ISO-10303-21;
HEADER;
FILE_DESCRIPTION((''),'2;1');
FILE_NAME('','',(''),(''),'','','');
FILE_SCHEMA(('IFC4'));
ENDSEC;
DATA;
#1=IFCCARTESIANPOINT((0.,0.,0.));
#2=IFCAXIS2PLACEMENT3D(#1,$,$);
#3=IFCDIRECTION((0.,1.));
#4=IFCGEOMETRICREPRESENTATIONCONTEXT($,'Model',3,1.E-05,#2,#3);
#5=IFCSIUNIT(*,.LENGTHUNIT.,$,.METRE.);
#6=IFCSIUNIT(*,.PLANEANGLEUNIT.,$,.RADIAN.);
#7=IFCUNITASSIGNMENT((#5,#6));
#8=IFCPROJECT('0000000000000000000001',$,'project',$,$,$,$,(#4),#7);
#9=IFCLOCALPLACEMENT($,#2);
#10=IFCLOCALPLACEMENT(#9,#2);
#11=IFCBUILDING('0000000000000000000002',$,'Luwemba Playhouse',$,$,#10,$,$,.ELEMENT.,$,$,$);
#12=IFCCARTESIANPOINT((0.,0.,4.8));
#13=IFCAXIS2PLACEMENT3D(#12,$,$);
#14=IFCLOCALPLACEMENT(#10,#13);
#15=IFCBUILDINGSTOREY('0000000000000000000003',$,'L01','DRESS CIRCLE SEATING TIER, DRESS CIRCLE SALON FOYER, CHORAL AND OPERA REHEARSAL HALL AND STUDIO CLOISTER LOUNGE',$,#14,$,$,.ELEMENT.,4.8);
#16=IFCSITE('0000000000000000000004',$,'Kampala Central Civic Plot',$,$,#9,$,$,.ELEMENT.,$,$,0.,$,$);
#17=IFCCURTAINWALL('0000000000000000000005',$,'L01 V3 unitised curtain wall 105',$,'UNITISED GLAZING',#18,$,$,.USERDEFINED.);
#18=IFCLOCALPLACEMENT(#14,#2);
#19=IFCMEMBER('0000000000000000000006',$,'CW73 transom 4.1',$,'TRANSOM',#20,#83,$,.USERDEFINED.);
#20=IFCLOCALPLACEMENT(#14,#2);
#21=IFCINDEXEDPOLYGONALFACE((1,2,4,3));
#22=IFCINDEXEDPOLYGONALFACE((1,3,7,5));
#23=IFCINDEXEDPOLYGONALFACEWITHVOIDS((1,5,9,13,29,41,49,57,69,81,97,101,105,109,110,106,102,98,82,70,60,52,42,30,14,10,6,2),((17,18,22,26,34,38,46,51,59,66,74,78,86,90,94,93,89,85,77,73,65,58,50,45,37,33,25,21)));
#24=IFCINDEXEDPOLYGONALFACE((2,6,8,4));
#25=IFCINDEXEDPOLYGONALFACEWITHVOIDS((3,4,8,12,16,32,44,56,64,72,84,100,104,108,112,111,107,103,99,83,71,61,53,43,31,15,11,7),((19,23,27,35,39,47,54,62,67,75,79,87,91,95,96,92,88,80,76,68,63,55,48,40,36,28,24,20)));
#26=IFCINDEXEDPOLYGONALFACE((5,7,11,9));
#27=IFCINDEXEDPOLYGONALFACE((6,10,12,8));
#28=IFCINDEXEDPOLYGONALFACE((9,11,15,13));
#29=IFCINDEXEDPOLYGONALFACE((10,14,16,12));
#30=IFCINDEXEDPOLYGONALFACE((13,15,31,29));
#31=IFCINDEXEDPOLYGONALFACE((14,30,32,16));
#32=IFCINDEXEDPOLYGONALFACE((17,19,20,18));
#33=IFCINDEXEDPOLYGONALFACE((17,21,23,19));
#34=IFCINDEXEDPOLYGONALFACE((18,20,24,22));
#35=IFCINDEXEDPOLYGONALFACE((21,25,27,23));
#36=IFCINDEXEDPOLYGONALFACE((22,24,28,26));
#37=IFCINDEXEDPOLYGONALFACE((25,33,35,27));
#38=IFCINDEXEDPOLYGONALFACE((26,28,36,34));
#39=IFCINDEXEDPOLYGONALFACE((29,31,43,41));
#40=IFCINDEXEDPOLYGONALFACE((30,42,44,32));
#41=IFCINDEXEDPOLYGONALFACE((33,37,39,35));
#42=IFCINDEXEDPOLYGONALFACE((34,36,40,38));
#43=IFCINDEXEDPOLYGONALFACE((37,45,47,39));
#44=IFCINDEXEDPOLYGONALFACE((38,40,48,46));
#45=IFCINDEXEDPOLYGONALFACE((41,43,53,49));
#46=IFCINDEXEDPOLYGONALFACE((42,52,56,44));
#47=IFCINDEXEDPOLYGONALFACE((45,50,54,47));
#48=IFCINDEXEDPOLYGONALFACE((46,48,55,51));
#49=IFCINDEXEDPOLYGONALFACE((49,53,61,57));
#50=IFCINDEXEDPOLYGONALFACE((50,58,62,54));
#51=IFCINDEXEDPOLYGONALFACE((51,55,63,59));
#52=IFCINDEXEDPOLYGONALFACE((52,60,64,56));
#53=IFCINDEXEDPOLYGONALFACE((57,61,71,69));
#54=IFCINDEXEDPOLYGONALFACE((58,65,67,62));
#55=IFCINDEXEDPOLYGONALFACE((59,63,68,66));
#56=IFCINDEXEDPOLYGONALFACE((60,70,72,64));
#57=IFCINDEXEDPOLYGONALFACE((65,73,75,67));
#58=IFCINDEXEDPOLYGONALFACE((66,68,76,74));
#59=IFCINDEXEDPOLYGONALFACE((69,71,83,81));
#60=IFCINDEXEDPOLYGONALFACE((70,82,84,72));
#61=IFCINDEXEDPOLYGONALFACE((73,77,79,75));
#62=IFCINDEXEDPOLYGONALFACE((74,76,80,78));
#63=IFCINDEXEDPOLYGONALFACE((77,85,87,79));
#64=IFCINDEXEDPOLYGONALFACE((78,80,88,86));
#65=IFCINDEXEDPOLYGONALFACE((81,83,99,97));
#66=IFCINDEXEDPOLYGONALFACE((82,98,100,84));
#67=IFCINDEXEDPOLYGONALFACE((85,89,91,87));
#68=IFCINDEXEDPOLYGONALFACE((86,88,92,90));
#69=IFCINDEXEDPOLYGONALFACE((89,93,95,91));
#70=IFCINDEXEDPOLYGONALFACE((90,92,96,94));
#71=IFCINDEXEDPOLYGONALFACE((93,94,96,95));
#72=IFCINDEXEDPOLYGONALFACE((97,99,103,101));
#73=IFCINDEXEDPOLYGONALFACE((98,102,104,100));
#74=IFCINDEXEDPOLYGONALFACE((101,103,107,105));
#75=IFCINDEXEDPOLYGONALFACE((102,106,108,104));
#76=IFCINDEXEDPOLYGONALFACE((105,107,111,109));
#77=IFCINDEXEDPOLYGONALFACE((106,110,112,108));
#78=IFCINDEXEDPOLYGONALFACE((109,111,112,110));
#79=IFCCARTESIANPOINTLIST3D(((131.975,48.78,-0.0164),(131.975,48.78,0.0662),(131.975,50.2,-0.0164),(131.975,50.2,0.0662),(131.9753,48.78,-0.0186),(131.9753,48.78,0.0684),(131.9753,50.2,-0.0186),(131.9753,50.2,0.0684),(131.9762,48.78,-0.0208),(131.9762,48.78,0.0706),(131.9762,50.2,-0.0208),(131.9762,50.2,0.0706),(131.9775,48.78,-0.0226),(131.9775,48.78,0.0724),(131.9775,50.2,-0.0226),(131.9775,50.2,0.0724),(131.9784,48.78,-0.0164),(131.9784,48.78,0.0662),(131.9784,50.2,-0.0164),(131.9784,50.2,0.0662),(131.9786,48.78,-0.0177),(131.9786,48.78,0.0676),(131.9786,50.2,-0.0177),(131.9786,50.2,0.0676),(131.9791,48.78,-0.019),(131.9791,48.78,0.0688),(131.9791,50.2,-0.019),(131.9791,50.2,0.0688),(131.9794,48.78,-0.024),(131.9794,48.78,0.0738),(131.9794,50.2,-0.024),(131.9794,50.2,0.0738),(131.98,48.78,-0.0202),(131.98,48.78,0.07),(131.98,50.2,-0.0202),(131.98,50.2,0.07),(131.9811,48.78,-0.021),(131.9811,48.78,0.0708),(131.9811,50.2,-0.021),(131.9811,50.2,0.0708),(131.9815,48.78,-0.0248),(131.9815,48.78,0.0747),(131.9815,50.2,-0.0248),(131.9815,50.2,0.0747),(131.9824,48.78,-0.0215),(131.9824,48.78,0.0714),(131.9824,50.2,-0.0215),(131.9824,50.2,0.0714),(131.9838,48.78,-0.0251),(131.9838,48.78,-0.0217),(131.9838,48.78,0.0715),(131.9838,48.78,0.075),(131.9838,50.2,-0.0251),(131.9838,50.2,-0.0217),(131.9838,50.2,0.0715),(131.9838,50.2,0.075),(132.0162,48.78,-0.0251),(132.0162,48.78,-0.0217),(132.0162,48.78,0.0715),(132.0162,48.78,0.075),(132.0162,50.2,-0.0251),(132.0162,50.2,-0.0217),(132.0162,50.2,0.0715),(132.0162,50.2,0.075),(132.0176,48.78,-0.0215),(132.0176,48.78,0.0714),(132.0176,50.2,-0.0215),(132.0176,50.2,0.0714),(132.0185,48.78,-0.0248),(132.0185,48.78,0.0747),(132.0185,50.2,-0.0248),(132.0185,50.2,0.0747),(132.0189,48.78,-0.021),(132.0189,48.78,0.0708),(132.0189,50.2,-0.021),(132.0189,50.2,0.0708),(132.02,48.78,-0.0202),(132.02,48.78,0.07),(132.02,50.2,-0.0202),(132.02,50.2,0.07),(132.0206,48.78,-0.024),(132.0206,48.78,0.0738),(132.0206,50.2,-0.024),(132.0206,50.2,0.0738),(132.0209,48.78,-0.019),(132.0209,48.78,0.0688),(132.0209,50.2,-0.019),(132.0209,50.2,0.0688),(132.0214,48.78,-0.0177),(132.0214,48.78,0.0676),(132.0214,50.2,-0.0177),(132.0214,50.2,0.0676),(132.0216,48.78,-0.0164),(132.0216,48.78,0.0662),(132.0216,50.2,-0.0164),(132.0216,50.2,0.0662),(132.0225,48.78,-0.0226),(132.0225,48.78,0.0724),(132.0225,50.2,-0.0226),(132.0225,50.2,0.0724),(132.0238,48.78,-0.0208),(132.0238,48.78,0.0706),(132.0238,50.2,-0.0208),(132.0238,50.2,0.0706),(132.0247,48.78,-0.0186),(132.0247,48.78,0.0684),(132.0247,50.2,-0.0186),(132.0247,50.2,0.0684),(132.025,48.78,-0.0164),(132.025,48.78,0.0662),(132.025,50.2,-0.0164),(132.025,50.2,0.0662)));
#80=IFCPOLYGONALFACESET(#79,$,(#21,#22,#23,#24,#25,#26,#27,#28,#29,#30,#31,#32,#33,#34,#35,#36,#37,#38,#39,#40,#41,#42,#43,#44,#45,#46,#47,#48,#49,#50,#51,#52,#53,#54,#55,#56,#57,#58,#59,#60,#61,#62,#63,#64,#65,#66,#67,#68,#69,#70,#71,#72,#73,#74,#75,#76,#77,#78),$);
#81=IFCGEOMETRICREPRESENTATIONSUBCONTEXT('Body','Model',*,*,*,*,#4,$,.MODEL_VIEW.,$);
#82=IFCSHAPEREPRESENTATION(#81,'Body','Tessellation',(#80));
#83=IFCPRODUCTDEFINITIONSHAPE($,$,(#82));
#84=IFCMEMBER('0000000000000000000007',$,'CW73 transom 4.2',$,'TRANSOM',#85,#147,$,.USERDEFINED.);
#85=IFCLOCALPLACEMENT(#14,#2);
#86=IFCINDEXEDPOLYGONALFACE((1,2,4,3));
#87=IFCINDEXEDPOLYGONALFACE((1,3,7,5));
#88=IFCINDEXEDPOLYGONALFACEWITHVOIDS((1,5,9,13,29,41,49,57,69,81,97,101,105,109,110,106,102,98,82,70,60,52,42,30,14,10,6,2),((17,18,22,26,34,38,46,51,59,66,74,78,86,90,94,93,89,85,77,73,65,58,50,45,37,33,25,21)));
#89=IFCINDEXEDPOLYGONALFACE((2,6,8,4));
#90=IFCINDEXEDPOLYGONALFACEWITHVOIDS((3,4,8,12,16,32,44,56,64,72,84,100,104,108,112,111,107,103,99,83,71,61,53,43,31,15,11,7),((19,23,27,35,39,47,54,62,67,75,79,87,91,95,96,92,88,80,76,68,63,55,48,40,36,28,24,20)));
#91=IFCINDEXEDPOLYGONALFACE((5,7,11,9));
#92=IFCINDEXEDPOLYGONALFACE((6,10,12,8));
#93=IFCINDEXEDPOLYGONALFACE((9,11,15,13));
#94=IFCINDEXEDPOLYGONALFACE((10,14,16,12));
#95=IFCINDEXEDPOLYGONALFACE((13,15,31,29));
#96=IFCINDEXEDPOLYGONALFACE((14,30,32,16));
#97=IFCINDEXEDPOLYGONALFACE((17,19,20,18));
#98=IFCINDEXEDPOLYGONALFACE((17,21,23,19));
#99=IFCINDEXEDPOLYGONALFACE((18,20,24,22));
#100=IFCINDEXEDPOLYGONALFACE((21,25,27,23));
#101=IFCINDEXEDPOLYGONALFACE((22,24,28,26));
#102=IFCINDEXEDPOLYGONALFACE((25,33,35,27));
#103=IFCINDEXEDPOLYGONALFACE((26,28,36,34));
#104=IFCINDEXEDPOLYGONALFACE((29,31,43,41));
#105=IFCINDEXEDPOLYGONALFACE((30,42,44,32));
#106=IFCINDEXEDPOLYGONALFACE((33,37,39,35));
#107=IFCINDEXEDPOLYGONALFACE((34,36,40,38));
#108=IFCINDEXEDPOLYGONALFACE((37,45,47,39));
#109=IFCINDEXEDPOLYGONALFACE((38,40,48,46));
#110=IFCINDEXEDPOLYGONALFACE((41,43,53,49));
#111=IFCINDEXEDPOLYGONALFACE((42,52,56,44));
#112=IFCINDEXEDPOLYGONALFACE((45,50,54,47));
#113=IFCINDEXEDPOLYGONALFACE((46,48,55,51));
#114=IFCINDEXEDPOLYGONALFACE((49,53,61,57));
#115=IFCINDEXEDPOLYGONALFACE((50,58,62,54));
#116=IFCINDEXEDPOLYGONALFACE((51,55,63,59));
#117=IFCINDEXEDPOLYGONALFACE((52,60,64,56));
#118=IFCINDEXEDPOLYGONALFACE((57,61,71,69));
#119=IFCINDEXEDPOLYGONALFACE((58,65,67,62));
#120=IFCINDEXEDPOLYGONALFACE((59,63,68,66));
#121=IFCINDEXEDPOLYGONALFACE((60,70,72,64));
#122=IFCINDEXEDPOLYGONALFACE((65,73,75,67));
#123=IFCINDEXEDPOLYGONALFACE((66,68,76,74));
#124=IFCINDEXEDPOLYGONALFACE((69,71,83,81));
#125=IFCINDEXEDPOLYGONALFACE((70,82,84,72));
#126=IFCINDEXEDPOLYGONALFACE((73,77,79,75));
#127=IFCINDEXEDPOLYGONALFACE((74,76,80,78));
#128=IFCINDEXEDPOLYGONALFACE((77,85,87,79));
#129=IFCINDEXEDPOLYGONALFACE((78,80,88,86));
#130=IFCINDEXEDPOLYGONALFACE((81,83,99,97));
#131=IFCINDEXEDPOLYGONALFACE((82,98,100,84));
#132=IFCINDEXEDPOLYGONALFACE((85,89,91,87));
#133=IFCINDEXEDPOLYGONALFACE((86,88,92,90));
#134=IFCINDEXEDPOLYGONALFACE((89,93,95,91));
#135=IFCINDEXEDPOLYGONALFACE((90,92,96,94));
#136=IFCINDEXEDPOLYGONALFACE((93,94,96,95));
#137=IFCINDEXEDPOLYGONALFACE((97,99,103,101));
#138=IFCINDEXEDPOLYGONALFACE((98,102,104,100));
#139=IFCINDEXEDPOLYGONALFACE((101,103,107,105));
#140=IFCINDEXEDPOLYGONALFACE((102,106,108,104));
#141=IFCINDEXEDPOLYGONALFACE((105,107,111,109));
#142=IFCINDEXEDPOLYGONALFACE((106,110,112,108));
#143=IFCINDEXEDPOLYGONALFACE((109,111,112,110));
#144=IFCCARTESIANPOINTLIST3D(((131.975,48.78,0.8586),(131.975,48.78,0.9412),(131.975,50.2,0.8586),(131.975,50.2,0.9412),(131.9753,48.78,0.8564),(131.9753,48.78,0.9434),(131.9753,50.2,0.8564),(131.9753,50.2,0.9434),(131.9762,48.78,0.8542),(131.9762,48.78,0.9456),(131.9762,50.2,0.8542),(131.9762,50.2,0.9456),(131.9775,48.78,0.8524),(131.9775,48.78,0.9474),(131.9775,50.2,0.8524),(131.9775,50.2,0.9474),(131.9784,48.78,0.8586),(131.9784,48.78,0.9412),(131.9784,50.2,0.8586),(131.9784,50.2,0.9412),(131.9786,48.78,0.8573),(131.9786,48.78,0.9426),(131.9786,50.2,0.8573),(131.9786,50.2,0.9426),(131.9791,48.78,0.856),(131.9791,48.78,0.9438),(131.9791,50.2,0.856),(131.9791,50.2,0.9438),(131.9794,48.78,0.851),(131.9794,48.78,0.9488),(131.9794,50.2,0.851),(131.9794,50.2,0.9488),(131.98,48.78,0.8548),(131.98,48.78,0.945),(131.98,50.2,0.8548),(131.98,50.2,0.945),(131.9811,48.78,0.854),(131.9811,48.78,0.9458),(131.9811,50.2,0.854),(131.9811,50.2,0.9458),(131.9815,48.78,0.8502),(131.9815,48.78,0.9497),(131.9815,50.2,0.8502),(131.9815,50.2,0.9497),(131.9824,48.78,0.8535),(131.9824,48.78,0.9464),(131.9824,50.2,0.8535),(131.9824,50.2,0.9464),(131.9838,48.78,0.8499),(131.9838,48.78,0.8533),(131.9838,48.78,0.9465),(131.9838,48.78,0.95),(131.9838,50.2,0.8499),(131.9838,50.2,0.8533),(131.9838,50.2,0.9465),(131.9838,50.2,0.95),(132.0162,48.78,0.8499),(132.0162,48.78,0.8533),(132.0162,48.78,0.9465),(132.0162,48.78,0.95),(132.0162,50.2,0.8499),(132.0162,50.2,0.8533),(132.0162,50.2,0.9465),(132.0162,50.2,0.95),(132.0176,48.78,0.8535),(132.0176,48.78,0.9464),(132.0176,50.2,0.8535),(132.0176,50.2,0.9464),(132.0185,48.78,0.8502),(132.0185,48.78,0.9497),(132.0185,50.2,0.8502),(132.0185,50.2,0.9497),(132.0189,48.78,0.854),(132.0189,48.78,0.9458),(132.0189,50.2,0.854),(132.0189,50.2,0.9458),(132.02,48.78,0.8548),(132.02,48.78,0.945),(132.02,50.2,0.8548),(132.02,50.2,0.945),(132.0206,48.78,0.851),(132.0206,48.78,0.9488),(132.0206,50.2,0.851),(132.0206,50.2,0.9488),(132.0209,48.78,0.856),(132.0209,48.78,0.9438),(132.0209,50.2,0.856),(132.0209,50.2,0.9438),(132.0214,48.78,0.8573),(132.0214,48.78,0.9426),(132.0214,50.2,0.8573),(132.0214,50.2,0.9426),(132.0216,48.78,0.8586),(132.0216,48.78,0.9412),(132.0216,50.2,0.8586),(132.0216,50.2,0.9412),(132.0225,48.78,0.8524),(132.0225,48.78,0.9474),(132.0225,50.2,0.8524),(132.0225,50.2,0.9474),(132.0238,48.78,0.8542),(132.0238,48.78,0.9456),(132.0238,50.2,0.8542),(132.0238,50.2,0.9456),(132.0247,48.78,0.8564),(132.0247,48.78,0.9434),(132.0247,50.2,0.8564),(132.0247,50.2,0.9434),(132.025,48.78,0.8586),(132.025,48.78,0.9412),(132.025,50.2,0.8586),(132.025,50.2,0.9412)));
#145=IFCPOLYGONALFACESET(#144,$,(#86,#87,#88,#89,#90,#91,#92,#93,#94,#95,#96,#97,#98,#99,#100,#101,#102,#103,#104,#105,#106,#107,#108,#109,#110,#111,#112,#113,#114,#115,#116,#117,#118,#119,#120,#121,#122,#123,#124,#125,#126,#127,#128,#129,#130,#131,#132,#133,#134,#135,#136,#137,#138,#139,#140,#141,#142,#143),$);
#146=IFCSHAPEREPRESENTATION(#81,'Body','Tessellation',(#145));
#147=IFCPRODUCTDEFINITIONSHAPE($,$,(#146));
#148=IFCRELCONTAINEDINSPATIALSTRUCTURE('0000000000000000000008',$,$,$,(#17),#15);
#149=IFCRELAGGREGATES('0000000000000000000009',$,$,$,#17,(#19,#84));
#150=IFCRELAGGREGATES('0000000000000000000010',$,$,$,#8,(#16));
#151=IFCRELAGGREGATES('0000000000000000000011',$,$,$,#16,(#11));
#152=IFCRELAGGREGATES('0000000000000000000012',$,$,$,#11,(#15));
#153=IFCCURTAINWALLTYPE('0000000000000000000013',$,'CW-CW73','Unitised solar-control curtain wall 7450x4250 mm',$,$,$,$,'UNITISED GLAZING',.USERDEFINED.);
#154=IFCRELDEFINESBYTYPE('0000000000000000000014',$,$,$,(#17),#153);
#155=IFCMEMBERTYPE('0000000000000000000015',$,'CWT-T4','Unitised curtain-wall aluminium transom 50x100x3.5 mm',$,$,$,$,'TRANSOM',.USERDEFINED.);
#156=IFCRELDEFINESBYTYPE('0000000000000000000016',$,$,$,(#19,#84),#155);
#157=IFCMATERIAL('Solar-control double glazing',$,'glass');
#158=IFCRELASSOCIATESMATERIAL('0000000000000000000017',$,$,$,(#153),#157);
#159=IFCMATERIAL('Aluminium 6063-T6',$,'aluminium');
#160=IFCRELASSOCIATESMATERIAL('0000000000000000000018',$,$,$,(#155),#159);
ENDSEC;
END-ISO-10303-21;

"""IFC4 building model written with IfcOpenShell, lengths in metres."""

from ifc_helpers import new_model, si_unit, direction, frame, origin, origin_2d, place, context, subcontext, project, spatial, hollow_rectangle, extrude, material, material_profile, profile_set, type_object, element, aggregate, save


model = new_model("IFC4")

# Units and contexts
model_context = context("Model", 3, precision=1e-05, world=origin(), true_north=direction((0.0, 1.0)))
body_context = subcontext(model_context, "Body", "Model", "MODEL_VIEW")
ifc_project = project(units=[si_unit("LENGTHUNIT", "METRE"), si_unit("PLANEANGLEUNIT", "RADIAN")], contexts=[model_context])

# Site, building, storey
site_placement = place(None, origin())
site = spatial("IfcSite", under=ifc_project, at=site_placement, Name="Kampala Central Civic Plot", CompositionType="ELEMENT", RefElevation=0.0)
building_placement = place(site_placement, origin())
building = spatial("IfcBuilding", under=site, at=building_placement, Name="Luwemba Playhouse", CompositionType="ELEMENT")
storey_placement = place(building_placement, frame((0.0, 0.0, 4.8)))
storey = spatial("IfcBuildingStorey", under=building, at=storey_placement, Name="L01", Description="DRESS CIRCLE SEATING TIER, DRESS CIRCLE SALON FOYER, CHORAL AND OPERA REHEARSAL HALL AND STUDIO CLOISTER LOUNGE", CompositionType="ELEMENT", Elevation=4.8)

# Curtain wall, members
ifc_material_1 = material(Name="Solar-control double glazing", Category="glass")
curtain_wall_type = type_object("IfcCurtainWallType", Name="CW-CW73", Description="Unitised solar-control curtain wall 7450x4250 mm", ElementType="UNITISED GLAZING", PredefinedType="USERDEFINED", material=ifc_material_1)
curtain_wall_placement = place(storey_placement, origin())
curtain_wall = element("IfcCurtainWall", 1, at=curtain_wall_placement, inside=storey, type_object=curtain_wall_type, Name="L01 V3 unitised curtain wall 105", ObjectType="UNITISED GLAZING", PredefinedType="USERDEFINED")
ifc_material_2 = material(Name="Aluminium 6063-T6", Category="aluminium")
ifc_material_profile_1 = material_profile(ifc_material_2, hollow_rectangle(XDim=0.05, YDim=0.1001, WallThickness=0.0034, InnerFilletRadius=0.0054, OuterFilletRadius=0.0088, at=origin_2d()))
ifc_profile_set_1 = profile_set([ifc_material_profile_1], Name="Aluminium 6063-T6")
member_type_1 = type_object("IfcMemberType", Name="CWT-T4", Description="Unitised curtain-wall aluminium transom 50x100x3.5 mm", ElementType="TRANSOM", PredefinedType="USERDEFINED", material=ifc_profile_set_1)
member_1_placement = place(storey_placement, frame((132.0, 48.78, 0.0249), z_axis=(0.0, 1.0, 0.0), x_axis=(-1.0, 0.0, 0.0)))
member_1 = element("IfcMember", 2, at=member_1_placement, type_object=member_type_1, Name="CW73 transom 4.1", ObjectType="TRANSOM", PredefinedType="USERDEFINED", context=body_context, shape_type="SweptSolid", body=[
    extrude(hollow_rectangle(XDim=0.05, YDim=0.1001, WallThickness=0.0034, InnerFilletRadius=0.0054, OuterFilletRadius=0.0088, at=origin_2d()), origin(), (0.0, 0.0, 1.0), 1.4199),
])
member_2_placement = place(storey_placement, frame((132.0, 48.78, 0.8999), z_axis=(0.0, 1.0, 0.0), x_axis=(-1.0, 0.0, 0.0)))
member_2 = element("IfcMember", 3, at=member_2_placement, type_object=member_type_1, Name="CW73 transom 4.2", ObjectType="TRANSOM", PredefinedType="USERDEFINED", context=body_context, shape_type="SweptSolid", body=[
    extrude(hollow_rectangle(XDim=0.05, YDim=0.1001, WallThickness=0.0034, InnerFilletRadius=0.0054, OuterFilletRadius=0.0088, at=origin_2d()), origin(), (0.0, 0.0, 1.0), 1.4199),
])
aggregate(curtain_wall, [member_1, member_2])

save(model, "model.ifc")
